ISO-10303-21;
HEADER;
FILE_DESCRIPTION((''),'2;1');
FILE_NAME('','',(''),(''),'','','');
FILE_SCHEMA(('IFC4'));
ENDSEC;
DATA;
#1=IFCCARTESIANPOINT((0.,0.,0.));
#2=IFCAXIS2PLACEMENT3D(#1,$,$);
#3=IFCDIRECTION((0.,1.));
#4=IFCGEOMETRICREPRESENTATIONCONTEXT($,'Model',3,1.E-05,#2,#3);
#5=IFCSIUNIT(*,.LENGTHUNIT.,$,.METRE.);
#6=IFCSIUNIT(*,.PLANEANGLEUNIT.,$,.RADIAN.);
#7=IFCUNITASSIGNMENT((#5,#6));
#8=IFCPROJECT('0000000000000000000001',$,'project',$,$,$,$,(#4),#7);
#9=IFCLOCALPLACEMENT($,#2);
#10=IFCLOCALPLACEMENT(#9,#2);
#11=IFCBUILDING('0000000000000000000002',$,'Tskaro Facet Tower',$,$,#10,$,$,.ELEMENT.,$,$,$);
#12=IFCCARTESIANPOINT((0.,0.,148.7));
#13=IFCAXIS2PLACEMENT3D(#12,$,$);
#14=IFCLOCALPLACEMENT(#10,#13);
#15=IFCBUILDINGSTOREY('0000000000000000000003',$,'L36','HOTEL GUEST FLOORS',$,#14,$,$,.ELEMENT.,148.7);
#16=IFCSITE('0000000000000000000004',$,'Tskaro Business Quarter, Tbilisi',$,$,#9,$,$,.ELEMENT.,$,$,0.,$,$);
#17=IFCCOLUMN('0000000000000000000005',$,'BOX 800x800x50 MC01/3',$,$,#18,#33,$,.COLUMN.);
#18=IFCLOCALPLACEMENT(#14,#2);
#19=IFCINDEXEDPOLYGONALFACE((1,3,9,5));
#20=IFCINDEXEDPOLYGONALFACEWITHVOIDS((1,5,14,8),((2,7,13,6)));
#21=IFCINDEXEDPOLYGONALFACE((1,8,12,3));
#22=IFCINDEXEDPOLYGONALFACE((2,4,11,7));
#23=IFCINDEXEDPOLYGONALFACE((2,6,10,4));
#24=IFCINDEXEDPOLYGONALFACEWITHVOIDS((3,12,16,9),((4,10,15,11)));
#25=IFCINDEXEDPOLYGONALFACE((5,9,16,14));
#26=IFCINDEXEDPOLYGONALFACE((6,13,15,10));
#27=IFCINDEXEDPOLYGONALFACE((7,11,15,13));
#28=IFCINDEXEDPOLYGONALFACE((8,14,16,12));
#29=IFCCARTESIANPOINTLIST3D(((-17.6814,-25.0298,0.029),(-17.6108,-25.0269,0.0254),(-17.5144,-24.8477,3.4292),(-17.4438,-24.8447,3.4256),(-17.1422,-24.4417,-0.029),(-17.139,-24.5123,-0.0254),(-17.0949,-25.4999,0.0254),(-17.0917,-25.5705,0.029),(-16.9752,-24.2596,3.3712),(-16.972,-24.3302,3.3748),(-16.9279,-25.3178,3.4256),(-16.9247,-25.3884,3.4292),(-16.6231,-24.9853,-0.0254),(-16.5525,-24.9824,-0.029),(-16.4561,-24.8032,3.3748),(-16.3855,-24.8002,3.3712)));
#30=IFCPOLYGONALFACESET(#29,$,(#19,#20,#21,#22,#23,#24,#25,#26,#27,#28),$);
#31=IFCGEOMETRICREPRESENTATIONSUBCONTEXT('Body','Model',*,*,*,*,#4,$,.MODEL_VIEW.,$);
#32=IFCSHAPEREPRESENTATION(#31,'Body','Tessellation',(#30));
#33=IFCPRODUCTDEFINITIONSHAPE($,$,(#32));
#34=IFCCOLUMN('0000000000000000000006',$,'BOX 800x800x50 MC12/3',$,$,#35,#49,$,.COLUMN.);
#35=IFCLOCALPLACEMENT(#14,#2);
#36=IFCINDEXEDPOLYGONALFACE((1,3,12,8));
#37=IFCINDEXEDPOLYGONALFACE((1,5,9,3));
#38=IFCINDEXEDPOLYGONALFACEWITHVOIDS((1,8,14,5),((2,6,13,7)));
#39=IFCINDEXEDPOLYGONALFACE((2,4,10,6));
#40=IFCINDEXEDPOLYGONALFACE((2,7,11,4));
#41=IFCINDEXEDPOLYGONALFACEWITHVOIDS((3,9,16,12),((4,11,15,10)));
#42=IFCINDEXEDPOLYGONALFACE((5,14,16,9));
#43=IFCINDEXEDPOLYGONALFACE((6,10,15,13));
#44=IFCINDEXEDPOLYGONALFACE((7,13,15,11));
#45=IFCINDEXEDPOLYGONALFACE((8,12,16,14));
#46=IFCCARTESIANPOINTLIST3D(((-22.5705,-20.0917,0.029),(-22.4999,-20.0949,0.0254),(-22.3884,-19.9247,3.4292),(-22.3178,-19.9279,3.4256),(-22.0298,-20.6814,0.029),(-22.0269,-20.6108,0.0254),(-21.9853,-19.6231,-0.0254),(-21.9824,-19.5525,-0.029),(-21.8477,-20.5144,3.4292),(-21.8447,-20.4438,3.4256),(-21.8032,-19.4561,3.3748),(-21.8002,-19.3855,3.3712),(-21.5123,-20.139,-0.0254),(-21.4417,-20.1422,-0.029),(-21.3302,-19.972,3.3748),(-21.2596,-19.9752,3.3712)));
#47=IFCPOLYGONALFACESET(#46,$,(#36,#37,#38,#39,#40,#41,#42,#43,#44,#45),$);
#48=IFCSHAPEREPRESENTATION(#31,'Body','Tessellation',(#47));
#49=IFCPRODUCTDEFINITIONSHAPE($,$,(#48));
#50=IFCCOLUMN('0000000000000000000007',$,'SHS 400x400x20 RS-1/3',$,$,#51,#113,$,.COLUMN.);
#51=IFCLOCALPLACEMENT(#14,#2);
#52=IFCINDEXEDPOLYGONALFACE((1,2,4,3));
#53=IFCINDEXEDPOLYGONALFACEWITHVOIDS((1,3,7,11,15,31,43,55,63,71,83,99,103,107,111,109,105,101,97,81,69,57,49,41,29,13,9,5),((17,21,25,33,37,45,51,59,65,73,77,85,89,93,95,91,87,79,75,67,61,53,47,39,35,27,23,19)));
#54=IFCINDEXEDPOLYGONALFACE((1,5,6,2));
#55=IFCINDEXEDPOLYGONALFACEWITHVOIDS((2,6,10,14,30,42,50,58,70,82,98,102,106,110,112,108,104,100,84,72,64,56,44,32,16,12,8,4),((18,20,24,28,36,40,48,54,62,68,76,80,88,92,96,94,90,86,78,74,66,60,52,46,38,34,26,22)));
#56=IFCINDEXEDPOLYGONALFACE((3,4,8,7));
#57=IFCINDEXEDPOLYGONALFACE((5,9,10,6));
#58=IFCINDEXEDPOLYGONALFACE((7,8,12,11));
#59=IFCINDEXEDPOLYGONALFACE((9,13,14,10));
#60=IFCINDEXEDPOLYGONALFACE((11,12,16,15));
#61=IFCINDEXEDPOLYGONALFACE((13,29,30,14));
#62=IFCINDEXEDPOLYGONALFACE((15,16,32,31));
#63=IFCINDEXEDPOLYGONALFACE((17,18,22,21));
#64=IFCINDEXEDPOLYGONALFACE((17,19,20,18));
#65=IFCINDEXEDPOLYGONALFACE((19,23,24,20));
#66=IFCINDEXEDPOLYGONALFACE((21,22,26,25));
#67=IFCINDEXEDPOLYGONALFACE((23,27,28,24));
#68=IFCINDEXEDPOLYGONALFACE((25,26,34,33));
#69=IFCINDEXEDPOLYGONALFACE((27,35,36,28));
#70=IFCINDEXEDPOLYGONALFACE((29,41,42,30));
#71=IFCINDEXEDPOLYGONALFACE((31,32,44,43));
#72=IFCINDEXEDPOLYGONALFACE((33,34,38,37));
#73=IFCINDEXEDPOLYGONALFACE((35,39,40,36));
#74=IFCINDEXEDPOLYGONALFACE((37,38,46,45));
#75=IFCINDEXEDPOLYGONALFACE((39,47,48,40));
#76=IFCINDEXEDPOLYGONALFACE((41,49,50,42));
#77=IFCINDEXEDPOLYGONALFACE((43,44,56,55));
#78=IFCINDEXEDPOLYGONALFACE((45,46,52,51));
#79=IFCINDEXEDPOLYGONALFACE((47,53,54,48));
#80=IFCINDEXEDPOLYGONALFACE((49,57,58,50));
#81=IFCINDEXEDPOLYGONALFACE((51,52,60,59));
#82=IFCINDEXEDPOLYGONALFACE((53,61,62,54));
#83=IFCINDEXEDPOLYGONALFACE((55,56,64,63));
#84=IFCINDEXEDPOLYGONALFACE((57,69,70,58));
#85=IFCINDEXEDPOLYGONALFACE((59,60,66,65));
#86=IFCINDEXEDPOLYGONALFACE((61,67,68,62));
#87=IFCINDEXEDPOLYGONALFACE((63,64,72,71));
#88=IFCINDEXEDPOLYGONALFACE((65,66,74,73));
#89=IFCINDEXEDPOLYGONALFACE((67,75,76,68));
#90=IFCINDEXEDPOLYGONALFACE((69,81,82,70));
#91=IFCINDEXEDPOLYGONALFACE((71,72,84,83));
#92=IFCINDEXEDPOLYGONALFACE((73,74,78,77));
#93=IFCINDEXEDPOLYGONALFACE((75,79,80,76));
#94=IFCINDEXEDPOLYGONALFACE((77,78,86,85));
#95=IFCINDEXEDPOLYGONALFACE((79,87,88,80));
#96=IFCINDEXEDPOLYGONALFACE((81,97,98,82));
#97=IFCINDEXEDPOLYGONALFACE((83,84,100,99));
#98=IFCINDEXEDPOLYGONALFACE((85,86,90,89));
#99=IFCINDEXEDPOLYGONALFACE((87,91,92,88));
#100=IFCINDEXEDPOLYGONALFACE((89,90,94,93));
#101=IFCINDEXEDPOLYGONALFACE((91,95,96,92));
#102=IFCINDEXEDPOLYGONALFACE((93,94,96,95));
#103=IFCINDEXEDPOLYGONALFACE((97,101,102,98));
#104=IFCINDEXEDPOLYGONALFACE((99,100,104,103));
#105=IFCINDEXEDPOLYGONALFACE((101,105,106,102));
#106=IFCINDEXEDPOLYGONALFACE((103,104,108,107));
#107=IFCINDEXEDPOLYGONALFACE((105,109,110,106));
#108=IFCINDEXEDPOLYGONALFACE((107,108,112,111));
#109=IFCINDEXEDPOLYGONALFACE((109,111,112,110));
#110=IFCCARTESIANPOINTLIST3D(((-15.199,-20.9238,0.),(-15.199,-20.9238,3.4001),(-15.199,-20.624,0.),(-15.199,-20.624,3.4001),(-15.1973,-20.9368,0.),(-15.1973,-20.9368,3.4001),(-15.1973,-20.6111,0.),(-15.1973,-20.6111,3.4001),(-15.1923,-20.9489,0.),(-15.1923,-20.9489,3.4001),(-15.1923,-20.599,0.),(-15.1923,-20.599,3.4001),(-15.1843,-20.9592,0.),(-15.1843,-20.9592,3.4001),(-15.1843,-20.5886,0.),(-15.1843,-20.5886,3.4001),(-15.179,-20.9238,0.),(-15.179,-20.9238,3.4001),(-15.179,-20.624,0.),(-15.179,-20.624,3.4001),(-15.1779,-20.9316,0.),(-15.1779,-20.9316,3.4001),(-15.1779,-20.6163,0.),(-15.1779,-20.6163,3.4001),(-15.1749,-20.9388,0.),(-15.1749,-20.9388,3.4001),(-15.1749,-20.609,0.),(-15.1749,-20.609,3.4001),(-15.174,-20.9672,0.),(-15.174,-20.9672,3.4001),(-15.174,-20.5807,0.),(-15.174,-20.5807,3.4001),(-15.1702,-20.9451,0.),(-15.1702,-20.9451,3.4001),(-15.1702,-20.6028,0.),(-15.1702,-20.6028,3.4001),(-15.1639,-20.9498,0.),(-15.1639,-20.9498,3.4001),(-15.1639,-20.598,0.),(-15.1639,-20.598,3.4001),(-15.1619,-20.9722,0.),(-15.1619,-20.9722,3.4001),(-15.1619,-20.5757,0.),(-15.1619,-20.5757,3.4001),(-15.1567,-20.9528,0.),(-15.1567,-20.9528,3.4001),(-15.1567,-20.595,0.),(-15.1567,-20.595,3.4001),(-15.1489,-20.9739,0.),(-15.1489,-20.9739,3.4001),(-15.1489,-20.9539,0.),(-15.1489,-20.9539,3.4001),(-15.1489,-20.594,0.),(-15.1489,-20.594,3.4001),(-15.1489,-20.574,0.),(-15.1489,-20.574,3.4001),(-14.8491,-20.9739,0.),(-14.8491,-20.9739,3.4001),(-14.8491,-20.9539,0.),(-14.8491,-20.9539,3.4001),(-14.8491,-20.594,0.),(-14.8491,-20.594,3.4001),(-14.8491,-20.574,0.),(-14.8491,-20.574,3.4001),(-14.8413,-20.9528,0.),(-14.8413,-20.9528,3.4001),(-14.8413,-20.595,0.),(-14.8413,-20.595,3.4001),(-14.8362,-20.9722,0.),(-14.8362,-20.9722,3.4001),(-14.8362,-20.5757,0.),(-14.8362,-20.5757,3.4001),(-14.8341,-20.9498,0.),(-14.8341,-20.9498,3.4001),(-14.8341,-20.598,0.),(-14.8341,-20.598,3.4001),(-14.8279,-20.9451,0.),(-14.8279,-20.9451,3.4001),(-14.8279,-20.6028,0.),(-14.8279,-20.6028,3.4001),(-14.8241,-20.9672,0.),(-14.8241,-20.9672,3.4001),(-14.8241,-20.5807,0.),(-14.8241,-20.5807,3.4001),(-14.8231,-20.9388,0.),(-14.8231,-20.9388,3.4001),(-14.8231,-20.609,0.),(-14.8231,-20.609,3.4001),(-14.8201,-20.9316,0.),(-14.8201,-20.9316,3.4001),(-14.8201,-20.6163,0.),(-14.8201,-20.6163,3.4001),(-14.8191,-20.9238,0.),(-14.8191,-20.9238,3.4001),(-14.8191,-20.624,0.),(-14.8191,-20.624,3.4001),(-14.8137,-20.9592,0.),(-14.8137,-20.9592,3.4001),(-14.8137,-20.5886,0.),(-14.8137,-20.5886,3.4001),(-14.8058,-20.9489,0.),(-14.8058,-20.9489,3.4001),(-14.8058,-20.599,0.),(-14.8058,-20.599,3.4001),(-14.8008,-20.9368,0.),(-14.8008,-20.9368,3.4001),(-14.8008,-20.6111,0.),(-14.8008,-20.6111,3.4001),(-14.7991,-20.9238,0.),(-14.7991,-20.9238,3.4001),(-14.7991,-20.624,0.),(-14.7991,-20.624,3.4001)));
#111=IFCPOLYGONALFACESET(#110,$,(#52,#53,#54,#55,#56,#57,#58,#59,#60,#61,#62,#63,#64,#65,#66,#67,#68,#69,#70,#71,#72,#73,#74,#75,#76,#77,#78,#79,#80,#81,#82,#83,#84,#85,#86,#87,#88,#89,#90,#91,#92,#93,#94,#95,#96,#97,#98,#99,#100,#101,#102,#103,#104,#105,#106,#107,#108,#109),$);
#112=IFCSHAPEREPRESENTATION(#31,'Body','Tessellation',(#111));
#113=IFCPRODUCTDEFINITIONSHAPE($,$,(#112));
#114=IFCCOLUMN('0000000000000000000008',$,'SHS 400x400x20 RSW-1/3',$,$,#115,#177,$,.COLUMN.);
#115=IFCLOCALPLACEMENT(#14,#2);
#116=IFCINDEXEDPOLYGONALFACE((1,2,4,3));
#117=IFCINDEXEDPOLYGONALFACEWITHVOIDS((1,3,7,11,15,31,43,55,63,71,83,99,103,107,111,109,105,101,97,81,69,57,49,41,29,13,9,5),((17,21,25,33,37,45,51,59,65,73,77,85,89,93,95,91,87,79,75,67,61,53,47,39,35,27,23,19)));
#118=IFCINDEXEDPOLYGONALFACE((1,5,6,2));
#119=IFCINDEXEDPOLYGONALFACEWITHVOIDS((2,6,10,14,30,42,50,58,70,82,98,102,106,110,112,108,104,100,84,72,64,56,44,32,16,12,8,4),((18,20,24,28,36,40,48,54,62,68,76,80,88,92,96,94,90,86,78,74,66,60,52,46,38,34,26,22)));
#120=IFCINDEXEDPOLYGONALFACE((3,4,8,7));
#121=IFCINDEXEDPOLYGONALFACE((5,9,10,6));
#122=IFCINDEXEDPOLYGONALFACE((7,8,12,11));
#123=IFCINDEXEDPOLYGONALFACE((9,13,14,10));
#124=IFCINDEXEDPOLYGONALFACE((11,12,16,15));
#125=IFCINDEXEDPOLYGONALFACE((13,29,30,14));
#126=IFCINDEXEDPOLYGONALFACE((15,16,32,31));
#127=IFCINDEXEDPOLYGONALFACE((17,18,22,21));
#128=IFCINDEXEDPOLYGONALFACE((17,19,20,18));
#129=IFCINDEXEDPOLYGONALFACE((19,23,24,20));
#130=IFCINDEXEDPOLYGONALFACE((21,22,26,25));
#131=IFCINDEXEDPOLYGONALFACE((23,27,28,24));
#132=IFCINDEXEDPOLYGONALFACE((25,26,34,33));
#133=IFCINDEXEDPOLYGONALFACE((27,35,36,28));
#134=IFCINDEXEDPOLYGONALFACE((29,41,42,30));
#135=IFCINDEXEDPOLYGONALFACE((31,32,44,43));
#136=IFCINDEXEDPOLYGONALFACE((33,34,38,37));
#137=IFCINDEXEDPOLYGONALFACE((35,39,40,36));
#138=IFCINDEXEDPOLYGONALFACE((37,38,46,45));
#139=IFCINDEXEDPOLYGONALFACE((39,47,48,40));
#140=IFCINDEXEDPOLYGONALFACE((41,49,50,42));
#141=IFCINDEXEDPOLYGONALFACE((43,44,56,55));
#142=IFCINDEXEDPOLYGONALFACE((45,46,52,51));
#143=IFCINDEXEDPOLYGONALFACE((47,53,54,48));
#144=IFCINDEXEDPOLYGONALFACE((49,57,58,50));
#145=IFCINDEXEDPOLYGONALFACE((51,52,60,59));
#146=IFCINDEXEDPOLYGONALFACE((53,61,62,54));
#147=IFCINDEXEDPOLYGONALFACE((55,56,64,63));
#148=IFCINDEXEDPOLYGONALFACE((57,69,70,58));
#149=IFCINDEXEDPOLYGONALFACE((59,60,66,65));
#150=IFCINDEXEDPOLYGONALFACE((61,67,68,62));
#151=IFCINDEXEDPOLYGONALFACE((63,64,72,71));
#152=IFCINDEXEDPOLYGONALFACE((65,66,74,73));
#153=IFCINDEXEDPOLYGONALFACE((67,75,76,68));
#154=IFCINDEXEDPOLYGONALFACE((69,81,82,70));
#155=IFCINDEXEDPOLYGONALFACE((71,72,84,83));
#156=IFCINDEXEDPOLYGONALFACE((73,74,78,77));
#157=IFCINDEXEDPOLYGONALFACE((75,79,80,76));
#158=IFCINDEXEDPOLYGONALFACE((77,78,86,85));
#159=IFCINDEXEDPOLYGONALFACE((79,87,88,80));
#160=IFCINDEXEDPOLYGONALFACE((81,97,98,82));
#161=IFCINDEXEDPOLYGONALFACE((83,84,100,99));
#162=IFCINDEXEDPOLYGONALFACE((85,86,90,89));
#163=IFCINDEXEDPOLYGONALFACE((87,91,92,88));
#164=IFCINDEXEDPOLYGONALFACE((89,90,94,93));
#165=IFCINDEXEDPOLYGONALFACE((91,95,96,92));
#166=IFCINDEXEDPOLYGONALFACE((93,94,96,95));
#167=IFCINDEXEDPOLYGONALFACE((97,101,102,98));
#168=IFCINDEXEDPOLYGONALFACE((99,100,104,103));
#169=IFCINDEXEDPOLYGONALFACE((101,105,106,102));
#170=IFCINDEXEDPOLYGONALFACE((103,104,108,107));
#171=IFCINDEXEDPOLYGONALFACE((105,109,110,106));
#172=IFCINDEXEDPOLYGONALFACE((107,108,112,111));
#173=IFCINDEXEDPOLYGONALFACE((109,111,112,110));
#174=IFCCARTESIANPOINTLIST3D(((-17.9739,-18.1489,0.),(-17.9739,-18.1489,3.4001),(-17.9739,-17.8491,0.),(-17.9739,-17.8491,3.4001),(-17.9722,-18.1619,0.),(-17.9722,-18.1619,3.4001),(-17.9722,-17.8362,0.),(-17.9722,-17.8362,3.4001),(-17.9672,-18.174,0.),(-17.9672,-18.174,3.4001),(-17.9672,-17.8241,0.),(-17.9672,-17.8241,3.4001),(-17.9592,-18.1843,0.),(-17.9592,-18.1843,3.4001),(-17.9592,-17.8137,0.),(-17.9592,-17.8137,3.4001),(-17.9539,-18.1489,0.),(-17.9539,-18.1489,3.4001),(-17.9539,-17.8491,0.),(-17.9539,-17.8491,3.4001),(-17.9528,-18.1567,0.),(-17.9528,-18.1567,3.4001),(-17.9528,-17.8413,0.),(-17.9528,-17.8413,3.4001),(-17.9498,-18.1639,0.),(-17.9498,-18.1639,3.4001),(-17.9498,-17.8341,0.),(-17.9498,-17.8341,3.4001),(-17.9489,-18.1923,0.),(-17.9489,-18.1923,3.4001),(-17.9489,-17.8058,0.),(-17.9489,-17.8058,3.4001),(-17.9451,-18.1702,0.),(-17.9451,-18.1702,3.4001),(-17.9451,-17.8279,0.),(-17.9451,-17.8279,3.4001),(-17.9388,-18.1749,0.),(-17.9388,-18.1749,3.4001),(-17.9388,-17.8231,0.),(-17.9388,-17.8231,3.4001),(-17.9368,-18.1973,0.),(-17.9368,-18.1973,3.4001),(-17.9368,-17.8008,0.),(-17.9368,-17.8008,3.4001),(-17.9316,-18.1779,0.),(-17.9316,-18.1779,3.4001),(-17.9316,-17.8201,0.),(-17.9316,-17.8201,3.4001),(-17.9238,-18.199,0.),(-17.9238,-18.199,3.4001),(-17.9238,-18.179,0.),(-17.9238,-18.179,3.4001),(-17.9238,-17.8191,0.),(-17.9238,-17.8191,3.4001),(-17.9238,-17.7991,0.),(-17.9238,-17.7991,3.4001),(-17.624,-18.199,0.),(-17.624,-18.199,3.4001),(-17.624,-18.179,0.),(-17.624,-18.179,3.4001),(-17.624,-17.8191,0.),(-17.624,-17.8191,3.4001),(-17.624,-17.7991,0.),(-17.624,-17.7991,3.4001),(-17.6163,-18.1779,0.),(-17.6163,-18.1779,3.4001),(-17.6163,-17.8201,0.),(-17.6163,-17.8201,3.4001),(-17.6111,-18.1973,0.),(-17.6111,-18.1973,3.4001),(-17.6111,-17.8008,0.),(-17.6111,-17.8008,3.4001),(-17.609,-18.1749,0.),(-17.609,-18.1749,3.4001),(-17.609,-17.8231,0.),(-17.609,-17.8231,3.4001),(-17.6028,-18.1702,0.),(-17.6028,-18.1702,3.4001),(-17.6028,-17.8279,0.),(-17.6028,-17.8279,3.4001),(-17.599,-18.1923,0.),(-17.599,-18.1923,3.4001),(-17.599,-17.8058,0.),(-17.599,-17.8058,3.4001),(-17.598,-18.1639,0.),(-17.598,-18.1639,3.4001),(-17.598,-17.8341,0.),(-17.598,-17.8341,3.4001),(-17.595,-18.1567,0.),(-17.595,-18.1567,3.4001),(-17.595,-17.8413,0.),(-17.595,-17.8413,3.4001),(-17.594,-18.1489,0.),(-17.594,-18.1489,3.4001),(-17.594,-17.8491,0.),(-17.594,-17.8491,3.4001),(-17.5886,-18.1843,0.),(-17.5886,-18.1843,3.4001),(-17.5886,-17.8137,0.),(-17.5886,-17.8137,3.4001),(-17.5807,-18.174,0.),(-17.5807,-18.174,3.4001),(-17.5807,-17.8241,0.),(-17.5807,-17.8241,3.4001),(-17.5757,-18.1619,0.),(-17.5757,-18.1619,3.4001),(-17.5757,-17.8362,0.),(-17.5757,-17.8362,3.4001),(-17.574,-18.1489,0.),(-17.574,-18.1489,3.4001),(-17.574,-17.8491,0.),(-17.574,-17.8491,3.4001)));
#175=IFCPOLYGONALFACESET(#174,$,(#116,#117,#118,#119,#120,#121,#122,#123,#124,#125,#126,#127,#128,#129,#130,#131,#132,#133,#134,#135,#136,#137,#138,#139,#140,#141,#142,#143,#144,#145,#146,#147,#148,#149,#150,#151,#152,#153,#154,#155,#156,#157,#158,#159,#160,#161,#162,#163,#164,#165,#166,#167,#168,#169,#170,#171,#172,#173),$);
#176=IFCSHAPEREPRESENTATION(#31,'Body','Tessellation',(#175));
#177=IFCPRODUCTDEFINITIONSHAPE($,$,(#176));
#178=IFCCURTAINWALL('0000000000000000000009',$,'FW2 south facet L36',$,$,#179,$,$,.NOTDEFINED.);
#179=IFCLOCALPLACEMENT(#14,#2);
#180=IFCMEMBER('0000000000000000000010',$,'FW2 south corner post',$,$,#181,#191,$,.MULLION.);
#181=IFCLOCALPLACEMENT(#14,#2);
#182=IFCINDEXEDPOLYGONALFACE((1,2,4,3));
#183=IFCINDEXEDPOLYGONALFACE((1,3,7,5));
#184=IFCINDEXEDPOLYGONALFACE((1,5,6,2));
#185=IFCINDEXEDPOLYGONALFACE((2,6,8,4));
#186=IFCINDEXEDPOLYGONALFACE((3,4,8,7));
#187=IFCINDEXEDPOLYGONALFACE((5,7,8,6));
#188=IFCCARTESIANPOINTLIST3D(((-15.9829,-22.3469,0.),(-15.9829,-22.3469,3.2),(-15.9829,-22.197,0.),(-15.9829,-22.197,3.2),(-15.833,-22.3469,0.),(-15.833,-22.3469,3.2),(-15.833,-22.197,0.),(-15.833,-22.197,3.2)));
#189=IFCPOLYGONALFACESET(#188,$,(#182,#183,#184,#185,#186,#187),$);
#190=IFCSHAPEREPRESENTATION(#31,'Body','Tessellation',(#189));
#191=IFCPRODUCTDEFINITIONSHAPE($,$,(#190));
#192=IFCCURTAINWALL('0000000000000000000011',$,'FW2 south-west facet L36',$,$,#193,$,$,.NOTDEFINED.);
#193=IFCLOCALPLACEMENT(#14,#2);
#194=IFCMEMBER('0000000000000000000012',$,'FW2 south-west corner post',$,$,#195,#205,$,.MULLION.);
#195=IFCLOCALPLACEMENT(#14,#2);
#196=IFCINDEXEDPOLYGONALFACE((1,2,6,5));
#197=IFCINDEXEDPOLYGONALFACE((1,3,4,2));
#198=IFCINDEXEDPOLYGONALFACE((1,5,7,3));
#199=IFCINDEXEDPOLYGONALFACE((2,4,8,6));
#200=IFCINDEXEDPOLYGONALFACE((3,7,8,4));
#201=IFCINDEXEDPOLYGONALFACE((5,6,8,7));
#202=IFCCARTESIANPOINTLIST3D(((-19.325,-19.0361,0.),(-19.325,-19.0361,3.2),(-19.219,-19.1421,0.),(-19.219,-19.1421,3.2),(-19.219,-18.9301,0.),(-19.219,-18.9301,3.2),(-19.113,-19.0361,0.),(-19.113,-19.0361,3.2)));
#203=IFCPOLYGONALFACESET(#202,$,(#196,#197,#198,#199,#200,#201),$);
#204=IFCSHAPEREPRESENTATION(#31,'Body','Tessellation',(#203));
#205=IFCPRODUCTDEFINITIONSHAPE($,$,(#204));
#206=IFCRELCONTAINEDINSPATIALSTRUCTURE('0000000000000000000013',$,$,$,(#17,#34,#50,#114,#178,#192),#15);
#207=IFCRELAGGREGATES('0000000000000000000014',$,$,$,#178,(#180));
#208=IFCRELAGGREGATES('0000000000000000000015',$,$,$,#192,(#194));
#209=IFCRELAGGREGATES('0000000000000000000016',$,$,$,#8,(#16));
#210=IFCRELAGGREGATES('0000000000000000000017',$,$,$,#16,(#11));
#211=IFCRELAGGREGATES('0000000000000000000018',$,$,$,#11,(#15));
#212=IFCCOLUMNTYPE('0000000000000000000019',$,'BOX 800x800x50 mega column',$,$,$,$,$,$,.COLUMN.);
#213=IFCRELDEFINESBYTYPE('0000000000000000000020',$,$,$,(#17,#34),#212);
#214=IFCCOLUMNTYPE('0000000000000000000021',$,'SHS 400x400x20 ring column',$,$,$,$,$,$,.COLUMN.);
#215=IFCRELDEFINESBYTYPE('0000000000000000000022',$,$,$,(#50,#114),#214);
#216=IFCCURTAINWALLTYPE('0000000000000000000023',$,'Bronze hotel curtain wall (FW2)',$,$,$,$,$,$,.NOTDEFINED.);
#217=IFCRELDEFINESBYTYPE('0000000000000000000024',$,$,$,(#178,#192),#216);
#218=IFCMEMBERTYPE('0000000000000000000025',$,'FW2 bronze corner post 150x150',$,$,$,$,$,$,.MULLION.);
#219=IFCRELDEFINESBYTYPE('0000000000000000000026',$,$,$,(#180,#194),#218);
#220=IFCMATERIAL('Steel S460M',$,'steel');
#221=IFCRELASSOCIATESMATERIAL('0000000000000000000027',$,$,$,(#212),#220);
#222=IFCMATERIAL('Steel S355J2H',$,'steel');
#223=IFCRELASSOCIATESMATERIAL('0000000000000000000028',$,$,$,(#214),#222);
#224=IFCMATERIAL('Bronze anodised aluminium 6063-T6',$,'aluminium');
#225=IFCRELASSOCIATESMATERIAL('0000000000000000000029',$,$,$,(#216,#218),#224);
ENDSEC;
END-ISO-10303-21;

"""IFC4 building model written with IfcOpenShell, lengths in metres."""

from ifc_helpers import new_model, si_unit, direction, frame, origin, origin_2d, place, context, subcontext, project, spatial, rectangle, hollow_rectangle, extrude, material, material_profile, profile_set, type_object, element, aggregate, save


model = new_model("IFC4")

# Units and contexts
model_context = context("Model", 3, precision=1e-05, world=origin(), true_north=direction((0.0, 1.0)))
body_context = subcontext(model_context, "Body", "Model", "MODEL_VIEW")
ifc_project = project(units=[si_unit("LENGTHUNIT", "METRE"), si_unit("PLANEANGLEUNIT", "RADIAN")], contexts=[model_context])

# Site, building, storey
site_placement = place(None, origin())
site = spatial("IfcSite", under=ifc_project, at=site_placement, Name="Tskaro Business Quarter, Tbilisi", CompositionType="ELEMENT", RefElevation=0.0)
building_placement = place(site_placement, origin())
building = spatial("IfcBuilding", under=site, at=building_placement, Name="Tskaro Facet Tower", CompositionType="ELEMENT")
storey_placement = place(building_placement, frame((0.0, 0.0, 148.7)))
storey = spatial("IfcBuildingStorey", under=building, at=storey_placement, Name="L36", Description="HOTEL GUEST FLOORS", CompositionType="ELEMENT", Elevation=148.7)

# Columns
ifc_material_1 = material(Name="Steel S460M", Category="steel")
ifc_material_profile_1 = material_profile(ifc_material_1, hollow_rectangle(XDim=0.8, YDim=0.8, WallThickness=0.05, at=origin_2d()), Name="BOX 800x800x50")
ifc_profile_set_1 = profile_set([ifc_material_profile_1], Name="Steel S460M")
column_type_1 = type_object("IfcColumnType", Name="BOX 800x800x50 mega column", PredefinedType="COLUMN", material=ifc_profile_set_1)
for number, where, z_axis, x_axis, name in (
    (1, (-17.1169, -25.0061, 0.0), (0.048984, 0.053424, 0.99737), (-0.737072, 0.675814, 0.0), "BOX 800x800x50 MC01/3"),
    (2, (-22.0061, -20.1169, 0.0), (0.053424, 0.048984, 0.99737), (-0.675814, 0.737072, 0.0), "BOX 800x800x50 MC12/3"),
):
    element("IfcColumn", number, at=place(storey_placement, frame(where, z_axis=z_axis, x_axis=x_axis)), inside=storey, type_object=column_type_1, Name=name, PredefinedType="COLUMN", context=body_context, shape_type="SweptSolid", body=[
        extrude(hollow_rectangle(XDim=0.8, YDim=0.8, WallThickness=0.05, at=origin_2d()), origin(), (0.0, 0.0, 1.0), 3.4092),
    ])
ifc_material_2 = material(Name="Steel S355J2H", Category="steel")
ifc_material_profile_2 = material_profile(ifc_material_2, hollow_rectangle(XDim=0.3999, YDim=0.3999, WallThickness=0.02, InnerFilletRadius=0.03, OuterFilletRadius=0.05, at=origin_2d()), Name="SHS 400x400x20")
ifc_profile_set_2 = profile_set([ifc_material_profile_2], Name="Steel S355J2H")
column_type_2 = type_object("IfcColumnType", Name="SHS 400x400x20 ring column", PredefinedType="COLUMN", material=ifc_profile_set_2)
for number, where, z_axis, x_axis, name in (
    (3, (-14.999, -20.7739, 0.0), (0.0, 0.0, 1.0), (1.0, 0.0, 0.0), "SHS 400x400x20 RS-1/3"),
    (4, (-17.7739, -17.999, 0.0), (0.0, 0.0, 1.0), (1.0, 0.0, 0.0), "SHS 400x400x20 RSW-1/3"),
):
    element("IfcColumn", number, at=place(storey_placement, frame(where, z_axis=z_axis, x_axis=x_axis)), inside=storey, type_object=column_type_2, Name=name, PredefinedType="COLUMN", context=body_context, shape_type="SweptSolid", body=[
        extrude(hollow_rectangle(XDim=0.3999, YDim=0.3999, WallThickness=0.02, InnerFilletRadius=0.03, OuterFilletRadius=0.05, at=origin_2d()), origin(), (0.0, 0.0, 1.0), 3.4001),
    ])

# Curtain walls, members
ifc_material_3 = material(Name="Bronze anodised aluminium 6063-T6", Category="aluminium")
curtain_wall_type = type_object("IfcCurtainWallType", Name="Bronze hotel curtain wall (FW2)", PredefinedType="NOTDEFINED", material=ifc_material_3)
curtain_wall_1_placement = place(storey_placement, origin())
curtain_wall_1 = element("IfcCurtainWall", 5, at=curtain_wall_1_placement, inside=storey, type_object=curtain_wall_type, Name="FW2 south facet L36", PredefinedType="NOTDEFINED")
ifc_material_profile_3 = material_profile(ifc_material_3, rectangle(XDim=0.1499, YDim=0.1499, at=origin_2d()), Name="Corner post 150x150")
ifc_profile_set_3 = profile_set([ifc_material_profile_3], Name="Bronze anodised aluminium 6063-T6")
member_type_1 = type_object("IfcMemberType", Name="FW2 bronze corner post 150x150", PredefinedType="MULLION", material=ifc_profile_set_3)
member_1_placement = place(storey_placement, frame((-15.908, -22.272, 0.0), z_axis=(0.0, 0.0, 1.0), x_axis=(1.0, 0.0, 0.0)))
member_1 = element("IfcMember", 6, at=member_1_placement, type_object=member_type_1, Name="FW2 south corner post", PredefinedType="MULLION", context=body_context, shape_type="SweptSolid", body=[
    extrude(rectangle(XDim=0.1499, YDim=0.1499, at=origin_2d()), origin(), (0.0, 0.0, 1.0), 3.2),
])
curtain_wall_2_placement = place(storey_placement, origin())
curtain_wall_2 = element("IfcCurtainWall", 7, at=curtain_wall_2_placement, inside=storey, type_object=curtain_wall_type, Name="FW2 south-west facet L36", PredefinedType="NOTDEFINED")
member_2_placement = place(storey_placement, frame((-19.219, -19.0361, 0.0), z_axis=(0.0, 0.0, 1.0), x_axis=(0.707107, -0.707107, 0.0)))
member_2 = element("IfcMember", 8, at=member_2_placement, type_object=member_type_1, Name="FW2 south-west corner post", PredefinedType="MULLION", context=body_context, shape_type="SweptSolid", body=[
    extrude(rectangle(XDim=0.1499, YDim=0.1499, at=origin_2d()), origin(), (0.0, 0.0, 1.0), 3.2),
])

aggregate(curtain_wall_1, [member_1])

aggregate(curtain_wall_2, [member_2])

save(model, "model.ifc")
